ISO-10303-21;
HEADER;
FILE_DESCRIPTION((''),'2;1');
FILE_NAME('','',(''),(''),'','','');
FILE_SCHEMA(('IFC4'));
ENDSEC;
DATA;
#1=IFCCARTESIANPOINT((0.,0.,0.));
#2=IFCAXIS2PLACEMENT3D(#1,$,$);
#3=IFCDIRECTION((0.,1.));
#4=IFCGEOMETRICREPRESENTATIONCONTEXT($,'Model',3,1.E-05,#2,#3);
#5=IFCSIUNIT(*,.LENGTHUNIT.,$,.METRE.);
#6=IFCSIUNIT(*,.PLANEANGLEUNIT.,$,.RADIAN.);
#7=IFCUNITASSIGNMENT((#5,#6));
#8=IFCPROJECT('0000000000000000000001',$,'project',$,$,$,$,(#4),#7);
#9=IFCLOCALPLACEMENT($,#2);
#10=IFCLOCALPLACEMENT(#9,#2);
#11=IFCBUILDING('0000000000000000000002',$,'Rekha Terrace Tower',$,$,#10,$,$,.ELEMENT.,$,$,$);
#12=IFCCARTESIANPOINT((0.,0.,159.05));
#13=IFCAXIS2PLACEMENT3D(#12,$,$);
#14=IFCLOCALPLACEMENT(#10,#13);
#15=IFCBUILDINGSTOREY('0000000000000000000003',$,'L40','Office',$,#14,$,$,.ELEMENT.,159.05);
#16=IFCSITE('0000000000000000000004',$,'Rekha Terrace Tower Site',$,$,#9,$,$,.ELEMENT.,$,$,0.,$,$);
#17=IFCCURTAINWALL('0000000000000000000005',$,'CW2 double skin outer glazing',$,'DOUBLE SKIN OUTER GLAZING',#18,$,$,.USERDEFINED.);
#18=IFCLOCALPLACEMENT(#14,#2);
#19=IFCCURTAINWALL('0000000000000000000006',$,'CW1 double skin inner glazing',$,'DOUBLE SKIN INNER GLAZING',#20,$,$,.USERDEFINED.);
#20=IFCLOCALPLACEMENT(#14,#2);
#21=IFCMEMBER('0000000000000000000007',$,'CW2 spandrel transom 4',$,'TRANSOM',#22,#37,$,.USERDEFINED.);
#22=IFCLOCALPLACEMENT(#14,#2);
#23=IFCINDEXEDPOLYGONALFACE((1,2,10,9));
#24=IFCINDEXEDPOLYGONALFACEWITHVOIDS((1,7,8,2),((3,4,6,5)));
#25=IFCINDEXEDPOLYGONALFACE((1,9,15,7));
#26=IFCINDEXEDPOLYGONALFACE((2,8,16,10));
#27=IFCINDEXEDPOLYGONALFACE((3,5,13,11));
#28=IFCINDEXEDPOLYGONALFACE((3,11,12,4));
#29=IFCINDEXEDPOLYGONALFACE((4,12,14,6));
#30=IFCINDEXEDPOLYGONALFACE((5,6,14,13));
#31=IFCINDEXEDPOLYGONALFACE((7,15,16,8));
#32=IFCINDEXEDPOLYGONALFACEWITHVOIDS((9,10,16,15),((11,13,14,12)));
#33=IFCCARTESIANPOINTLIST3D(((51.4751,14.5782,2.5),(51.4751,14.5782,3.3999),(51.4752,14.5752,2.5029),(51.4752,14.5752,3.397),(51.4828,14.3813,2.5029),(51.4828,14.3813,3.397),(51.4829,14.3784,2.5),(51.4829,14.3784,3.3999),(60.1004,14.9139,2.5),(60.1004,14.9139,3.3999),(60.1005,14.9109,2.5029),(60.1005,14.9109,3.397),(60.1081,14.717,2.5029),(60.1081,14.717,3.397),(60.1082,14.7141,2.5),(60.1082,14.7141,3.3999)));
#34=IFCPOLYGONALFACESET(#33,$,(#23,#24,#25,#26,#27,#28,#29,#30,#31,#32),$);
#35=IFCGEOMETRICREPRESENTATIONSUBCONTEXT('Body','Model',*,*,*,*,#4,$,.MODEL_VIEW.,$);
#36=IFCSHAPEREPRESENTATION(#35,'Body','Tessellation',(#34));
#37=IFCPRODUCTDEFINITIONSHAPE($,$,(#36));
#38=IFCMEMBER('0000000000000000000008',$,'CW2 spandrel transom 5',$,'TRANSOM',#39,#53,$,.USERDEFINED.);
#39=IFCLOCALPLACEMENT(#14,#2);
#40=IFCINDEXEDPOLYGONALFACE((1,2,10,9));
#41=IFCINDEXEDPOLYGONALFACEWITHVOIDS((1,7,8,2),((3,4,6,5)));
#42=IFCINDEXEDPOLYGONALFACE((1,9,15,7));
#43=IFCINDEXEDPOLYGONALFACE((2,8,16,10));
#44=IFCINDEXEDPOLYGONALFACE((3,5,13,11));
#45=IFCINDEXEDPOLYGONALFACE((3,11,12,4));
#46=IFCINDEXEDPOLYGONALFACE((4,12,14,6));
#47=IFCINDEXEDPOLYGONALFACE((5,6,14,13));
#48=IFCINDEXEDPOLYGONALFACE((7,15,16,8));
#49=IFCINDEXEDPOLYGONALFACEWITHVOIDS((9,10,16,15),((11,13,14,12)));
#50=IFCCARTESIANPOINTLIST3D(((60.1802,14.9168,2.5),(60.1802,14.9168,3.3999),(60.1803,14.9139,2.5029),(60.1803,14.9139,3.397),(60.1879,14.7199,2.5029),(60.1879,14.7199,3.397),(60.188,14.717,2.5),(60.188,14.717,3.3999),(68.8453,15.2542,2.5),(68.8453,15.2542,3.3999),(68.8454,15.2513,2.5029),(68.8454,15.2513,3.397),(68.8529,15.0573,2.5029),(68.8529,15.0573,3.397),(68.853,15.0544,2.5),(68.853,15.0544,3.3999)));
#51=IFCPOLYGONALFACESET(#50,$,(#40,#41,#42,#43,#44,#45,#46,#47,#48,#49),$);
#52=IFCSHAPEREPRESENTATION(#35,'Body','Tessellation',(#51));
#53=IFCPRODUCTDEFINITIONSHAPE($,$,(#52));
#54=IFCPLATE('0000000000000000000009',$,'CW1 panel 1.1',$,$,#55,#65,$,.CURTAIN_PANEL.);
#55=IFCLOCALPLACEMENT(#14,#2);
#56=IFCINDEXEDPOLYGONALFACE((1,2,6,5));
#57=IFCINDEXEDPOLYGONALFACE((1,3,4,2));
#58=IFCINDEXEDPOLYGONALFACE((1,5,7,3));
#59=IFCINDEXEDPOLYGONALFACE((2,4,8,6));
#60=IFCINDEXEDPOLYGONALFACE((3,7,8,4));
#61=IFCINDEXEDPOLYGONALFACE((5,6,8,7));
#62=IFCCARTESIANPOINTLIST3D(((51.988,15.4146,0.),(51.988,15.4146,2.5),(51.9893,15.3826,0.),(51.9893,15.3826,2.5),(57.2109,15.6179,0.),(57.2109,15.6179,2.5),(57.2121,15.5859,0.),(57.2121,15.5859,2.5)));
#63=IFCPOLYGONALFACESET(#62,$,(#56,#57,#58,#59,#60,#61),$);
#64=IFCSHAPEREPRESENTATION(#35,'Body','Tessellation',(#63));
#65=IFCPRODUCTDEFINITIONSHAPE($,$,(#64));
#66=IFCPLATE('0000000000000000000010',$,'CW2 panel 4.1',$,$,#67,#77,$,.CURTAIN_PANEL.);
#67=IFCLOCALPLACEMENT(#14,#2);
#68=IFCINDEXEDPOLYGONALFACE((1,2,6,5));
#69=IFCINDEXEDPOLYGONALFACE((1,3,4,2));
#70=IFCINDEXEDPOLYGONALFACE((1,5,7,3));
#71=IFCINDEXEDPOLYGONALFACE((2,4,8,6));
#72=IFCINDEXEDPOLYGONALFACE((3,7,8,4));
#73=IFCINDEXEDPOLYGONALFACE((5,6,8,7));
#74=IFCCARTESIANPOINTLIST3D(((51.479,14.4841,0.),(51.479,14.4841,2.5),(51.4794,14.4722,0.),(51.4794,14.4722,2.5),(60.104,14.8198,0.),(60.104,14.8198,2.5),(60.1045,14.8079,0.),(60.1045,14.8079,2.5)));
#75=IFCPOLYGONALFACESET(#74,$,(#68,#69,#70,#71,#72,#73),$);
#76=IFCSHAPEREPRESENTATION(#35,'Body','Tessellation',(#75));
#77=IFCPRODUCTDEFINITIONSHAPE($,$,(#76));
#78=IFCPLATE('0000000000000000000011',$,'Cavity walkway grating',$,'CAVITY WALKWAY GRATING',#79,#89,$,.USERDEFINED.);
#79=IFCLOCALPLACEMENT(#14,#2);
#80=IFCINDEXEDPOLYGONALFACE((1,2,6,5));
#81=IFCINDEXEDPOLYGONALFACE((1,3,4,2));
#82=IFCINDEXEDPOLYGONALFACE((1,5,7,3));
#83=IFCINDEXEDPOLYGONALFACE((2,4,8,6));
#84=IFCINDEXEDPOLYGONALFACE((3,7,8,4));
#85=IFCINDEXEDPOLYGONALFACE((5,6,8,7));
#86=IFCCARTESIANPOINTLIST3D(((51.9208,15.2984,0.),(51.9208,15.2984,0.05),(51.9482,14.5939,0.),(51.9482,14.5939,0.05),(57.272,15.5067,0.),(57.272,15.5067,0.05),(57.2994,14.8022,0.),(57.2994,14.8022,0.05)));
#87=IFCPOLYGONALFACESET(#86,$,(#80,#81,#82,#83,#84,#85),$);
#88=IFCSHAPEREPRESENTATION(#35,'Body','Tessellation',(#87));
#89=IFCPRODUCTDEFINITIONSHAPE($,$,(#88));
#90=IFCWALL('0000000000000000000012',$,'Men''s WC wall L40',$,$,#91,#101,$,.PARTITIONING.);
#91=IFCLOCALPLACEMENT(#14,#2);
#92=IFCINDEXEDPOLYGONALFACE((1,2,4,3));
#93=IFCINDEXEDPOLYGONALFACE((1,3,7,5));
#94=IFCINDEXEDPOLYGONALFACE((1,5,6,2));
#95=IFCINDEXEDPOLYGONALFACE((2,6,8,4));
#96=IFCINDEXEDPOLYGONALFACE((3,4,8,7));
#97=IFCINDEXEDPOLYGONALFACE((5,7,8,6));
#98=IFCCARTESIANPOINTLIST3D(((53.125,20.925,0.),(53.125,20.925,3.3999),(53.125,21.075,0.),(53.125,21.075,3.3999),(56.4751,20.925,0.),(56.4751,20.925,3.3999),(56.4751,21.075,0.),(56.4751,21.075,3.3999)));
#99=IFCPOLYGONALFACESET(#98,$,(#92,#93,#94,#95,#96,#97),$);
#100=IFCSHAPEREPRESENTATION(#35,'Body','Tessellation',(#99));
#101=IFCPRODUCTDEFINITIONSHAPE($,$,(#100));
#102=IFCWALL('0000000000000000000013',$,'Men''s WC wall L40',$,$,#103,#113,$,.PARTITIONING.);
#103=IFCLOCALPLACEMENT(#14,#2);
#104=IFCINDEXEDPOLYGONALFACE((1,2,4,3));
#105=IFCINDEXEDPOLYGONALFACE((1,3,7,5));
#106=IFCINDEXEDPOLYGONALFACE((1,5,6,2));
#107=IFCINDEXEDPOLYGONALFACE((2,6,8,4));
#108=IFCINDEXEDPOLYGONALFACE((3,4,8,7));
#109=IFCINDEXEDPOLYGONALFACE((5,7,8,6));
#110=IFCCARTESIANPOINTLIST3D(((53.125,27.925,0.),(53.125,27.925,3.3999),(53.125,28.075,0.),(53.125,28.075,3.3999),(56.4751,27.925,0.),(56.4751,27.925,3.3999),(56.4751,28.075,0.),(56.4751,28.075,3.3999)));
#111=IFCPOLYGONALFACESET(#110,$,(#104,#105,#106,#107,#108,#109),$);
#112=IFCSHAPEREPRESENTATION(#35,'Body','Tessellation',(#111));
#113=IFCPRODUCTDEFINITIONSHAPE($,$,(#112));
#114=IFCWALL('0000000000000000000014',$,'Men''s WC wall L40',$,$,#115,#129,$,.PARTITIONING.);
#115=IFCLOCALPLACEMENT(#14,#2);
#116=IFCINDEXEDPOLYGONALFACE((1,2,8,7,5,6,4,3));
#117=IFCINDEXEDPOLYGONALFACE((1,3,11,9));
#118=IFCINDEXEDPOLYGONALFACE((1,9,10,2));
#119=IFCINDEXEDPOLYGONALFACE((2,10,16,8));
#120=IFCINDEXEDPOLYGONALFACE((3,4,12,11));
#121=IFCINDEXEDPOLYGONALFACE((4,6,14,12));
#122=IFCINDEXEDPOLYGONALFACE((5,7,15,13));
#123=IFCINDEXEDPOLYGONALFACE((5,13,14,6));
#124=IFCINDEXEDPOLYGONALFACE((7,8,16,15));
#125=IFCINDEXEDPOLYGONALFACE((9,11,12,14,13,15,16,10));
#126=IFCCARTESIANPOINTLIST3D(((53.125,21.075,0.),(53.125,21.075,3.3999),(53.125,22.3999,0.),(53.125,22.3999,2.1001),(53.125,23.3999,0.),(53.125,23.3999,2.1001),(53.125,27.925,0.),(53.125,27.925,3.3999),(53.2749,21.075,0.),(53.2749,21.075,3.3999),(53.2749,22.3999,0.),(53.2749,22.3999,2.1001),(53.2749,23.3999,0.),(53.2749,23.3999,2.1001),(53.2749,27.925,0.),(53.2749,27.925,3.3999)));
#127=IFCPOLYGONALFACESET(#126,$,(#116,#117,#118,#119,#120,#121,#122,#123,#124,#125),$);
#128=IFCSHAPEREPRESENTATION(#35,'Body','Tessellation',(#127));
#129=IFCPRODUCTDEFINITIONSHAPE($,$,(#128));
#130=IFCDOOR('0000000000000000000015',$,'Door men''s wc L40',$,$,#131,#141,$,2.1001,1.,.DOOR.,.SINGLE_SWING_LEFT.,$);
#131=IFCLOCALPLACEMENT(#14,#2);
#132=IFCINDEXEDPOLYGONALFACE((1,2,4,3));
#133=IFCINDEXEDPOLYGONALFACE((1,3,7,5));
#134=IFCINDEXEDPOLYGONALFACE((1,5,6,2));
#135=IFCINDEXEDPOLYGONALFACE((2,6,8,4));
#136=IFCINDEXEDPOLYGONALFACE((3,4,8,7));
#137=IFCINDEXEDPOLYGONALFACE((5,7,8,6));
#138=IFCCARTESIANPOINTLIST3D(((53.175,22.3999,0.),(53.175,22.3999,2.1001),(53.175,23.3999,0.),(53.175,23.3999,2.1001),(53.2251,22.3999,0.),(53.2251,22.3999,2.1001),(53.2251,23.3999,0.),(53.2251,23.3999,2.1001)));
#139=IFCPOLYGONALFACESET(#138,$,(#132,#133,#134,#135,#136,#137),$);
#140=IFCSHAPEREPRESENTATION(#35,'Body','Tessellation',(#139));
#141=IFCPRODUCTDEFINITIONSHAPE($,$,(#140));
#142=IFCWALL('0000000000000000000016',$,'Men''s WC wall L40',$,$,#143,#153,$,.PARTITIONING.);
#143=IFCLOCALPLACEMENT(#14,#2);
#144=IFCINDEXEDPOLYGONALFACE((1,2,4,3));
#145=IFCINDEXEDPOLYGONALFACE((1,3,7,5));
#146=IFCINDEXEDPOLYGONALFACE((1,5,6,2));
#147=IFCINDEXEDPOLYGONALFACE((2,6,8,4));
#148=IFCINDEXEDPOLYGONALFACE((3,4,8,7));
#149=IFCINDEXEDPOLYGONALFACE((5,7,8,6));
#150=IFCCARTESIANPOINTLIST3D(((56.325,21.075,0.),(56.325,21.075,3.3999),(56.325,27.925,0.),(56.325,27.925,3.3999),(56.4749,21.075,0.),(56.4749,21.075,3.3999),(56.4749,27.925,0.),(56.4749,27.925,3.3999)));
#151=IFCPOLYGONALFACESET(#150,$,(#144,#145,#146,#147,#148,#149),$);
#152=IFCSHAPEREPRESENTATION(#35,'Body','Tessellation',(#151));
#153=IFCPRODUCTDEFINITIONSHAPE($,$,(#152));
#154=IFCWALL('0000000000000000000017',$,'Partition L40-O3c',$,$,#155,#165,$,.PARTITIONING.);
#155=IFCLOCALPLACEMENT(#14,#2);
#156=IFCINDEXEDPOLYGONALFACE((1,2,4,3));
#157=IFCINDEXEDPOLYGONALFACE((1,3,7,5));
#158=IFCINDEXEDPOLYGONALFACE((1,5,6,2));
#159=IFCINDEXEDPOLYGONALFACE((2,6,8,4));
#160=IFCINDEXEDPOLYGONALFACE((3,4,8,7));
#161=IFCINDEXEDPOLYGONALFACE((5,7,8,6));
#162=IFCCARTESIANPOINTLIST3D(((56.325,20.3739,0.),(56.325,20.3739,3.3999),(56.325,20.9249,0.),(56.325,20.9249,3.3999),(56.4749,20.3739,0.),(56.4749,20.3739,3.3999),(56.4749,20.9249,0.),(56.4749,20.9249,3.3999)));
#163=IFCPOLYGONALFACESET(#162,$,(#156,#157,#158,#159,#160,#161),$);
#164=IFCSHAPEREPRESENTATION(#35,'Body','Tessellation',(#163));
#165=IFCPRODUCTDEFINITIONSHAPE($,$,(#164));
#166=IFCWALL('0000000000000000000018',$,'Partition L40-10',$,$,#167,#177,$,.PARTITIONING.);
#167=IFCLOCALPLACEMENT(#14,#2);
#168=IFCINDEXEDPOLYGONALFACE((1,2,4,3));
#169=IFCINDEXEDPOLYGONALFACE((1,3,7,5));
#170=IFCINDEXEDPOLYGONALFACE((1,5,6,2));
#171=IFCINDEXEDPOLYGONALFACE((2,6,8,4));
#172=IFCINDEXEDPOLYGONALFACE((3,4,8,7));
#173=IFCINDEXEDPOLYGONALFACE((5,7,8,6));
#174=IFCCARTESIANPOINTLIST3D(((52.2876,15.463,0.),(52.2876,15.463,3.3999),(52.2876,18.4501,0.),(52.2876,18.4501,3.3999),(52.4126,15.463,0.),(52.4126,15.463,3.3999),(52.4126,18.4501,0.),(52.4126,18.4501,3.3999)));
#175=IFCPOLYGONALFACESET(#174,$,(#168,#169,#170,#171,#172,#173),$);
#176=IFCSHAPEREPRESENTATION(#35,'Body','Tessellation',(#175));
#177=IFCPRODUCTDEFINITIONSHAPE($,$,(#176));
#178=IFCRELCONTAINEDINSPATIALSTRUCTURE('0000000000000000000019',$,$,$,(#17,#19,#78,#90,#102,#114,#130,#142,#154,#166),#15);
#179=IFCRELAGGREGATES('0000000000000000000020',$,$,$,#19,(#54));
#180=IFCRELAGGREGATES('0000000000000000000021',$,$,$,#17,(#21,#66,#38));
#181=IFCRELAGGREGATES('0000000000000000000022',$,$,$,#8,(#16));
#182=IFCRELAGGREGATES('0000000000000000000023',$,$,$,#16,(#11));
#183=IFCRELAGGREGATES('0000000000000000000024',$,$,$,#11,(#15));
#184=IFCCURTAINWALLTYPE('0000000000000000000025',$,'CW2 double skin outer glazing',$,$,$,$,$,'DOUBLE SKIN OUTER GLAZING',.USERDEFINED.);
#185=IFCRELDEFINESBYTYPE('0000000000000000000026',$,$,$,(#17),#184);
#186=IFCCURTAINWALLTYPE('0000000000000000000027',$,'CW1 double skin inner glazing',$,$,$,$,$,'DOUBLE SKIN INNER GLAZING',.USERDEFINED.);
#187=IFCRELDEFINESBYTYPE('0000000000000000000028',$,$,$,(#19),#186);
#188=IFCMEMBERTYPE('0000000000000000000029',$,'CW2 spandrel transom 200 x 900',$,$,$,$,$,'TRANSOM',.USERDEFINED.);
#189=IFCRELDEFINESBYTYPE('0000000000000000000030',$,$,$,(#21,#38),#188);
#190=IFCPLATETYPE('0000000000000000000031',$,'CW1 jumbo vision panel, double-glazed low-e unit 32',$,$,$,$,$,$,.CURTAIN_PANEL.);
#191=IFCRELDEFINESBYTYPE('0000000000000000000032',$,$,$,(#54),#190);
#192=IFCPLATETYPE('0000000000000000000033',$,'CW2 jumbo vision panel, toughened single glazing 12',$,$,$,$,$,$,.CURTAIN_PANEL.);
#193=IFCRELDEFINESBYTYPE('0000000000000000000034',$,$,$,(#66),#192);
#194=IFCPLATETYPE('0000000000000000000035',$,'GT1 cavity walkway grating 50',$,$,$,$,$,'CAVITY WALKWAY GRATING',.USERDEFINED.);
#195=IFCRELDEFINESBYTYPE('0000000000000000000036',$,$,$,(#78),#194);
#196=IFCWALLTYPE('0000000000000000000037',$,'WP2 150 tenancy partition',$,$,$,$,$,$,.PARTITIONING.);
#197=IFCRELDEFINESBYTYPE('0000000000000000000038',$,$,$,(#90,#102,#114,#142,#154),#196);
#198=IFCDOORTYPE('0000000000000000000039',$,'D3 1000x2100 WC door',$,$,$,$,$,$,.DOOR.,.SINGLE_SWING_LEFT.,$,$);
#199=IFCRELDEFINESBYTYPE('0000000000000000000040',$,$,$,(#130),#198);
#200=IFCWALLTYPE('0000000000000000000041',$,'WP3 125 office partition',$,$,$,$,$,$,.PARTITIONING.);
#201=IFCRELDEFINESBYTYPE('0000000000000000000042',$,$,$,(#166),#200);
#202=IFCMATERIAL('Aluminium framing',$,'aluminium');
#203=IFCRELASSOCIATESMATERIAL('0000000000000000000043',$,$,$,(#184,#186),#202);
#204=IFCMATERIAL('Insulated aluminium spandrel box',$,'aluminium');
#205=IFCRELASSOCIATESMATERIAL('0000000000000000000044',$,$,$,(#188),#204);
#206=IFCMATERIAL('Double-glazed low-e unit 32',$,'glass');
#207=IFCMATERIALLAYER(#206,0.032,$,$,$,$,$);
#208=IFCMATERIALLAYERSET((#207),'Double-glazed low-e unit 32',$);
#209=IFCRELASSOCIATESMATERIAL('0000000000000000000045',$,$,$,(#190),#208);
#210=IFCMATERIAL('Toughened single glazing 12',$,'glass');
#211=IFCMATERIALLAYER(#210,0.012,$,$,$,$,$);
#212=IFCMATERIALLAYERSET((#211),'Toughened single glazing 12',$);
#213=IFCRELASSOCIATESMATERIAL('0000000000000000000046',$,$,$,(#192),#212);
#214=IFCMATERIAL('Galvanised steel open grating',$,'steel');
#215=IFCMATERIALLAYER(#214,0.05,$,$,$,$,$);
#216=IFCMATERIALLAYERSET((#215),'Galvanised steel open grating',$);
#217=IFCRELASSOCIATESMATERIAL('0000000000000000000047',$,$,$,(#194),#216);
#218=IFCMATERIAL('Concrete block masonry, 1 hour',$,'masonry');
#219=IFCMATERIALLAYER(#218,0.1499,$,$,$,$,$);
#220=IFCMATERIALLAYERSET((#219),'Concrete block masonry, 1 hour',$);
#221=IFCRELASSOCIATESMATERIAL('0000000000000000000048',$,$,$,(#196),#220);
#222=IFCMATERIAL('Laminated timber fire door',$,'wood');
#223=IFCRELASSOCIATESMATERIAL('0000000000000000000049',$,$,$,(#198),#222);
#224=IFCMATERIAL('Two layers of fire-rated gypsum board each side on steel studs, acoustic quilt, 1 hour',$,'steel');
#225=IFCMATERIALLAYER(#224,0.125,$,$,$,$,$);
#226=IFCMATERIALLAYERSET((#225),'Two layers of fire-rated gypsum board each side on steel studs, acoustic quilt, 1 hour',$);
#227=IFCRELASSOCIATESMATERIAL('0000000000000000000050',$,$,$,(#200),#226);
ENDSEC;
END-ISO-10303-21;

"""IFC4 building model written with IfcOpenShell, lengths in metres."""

from ifc_helpers import new_model, si_unit, direction, frame, frame_2d, origin, origin_2d, place, context, subcontext, project, spatial, rectangle, hollow_rectangle, extrude, material, layer, layer_set, material_profile, profile_set, type_object, element, fill, aggregate, save


model = new_model("IFC4")

# Units and contexts
model_context = context("Model", 3, precision=1e-05, world=origin(), true_north=direction((0.0, 1.0)))
body_context = subcontext(model_context, "Body", "Model", "MODEL_VIEW")
ifc_project = project(units=[si_unit("LENGTHUNIT", "METRE"), si_unit("PLANEANGLEUNIT", "RADIAN")], contexts=[model_context])

# Site, building, storey
site_placement = place(None, origin())
site = spatial("IfcSite", under=ifc_project, at=site_placement, Name="Rekha Terrace Tower Site", CompositionType="ELEMENT", RefElevation=0.0)
building_placement = place(site_placement, origin())
building = spatial("IfcBuilding", under=site, at=building_placement, Name="Rekha Terrace Tower", CompositionType="ELEMENT")
storey_placement = place(building_placement, frame((0.0, 0.0, 159.05)))
storey = spatial("IfcBuildingStorey", under=building, at=storey_placement, Name="L40", Description="Office", CompositionType="ELEMENT", Elevation=159.05)

# Curtain walls
ifc_material_1 = material(Name="Aluminium framing", Category="aluminium")
curtain_wall_type_1 = type_object("IfcCurtainWallType", Name="CW2 double skin outer glazing", ElementType="DOUBLE SKIN OUTER GLAZING", PredefinedType="USERDEFINED", material=ifc_material_1)
curtain_wall_1_placement = place(storey_placement, origin())
curtain_wall_1 = element("IfcCurtainWall", 1, at=curtain_wall_1_placement, inside=storey, type_object=curtain_wall_type_1, Name="CW2 double skin outer glazing", ObjectType="DOUBLE SKIN OUTER GLAZING", PredefinedType="USERDEFINED")
curtain_wall_type_2 = type_object("IfcCurtainWallType", Name="CW1 double skin inner glazing", ElementType="DOUBLE SKIN INNER GLAZING", PredefinedType="USERDEFINED", material=ifc_material_1)
curtain_wall_2_placement = place(storey_placement, origin())
curtain_wall_2 = element("IfcCurtainWall", 2, at=curtain_wall_2_placement, inside=storey, type_object=curtain_wall_type_2, Name="CW1 double skin inner glazing", ObjectType="DOUBLE SKIN INNER GLAZING", PredefinedType="USERDEFINED")

# Members
ifc_material_2 = material(Name="Insulated aluminium spandrel box", Category="aluminium")
ifc_material_profile_1 = material_profile(ifc_material_2, hollow_rectangle(XDim=0.2, YDim=0.8999, WallThickness=0.0029, at=origin_2d()), Name="AL SPANDREL BOX 200x900")
ifc_profile_set_1 = profile_set([ifc_material_profile_1], Name="Insulated aluminium spandrel box")
member_type_1 = type_object("IfcMemberType", Name="CW2 spandrel transom 200 x 900", ElementType="TRANSOM", PredefinedType="USERDEFINED", material=ifc_profile_set_1)
member_1_placement = place(storey_placement, frame((51.479, 14.4783, 2.95), z_axis=(0.999243, 0.03889, 0.0), x_axis=(-0.03889, 0.999243, 0.0)))
member_1 = element("IfcMember", 3, at=member_1_placement, type_object=member_type_1, Name="CW2 spandrel transom 4", ObjectType="TRANSOM", PredefinedType="USERDEFINED", context=body_context, shape_type="SweptSolid", body=[
    extrude(hollow_rectangle(XDim=0.2, YDim=0.8999, WallThickness=0.0029, at=origin_2d()), origin(), (0.0, 0.0, 1.0), 8.6318),
])
member_2_placement = place(storey_placement, frame((60.1841, 14.8169, 2.95), z_axis=(0.999243, 0.038909, 0.0), x_axis=(-0.038909, 0.999243, 0.0)))
member_2 = element("IfcMember", 4, at=member_2_placement, type_object=member_type_1, Name="CW2 spandrel transom 5", ObjectType="TRANSOM", PredefinedType="USERDEFINED", context=body_context, shape_type="SweptSolid", body=[
    extrude(hollow_rectangle(XDim=0.2, YDim=0.8999, WallThickness=0.0029, at=origin_2d()), origin(), (0.0, 0.0, 1.0), 8.6716),
])

# Plates
ifc_material_3 = material(Name="Double-glazed low-e unit 32", Category="glass")
ifc_layer_1 = layer(ifc_material_3, 0.032)
ifc_layer_set_1 = layer_set([ifc_layer_1], Name="Double-glazed low-e unit 32")
plate_type_1 = type_object("IfcPlateType", Name="CW1 jumbo vision panel, double-glazed low-e unit 32", PredefinedType="CURTAIN_PANEL", material=ifc_layer_set_1)
plate_1_placement = place(storey_placement, frame((54.6001, 15.5002, 0.0), z_axis=(0.0, 0.0, 1.0), x_axis=(0.999243, 0.03889, 0.0)))
plate_1 = element("IfcPlate", 5, at=plate_1_placement, type_object=plate_type_1, Name="CW1 panel 1.1", PredefinedType="CURTAIN_PANEL", context=body_context, shape_type="SweptSolid", body=[
    extrude(rectangle(XDim=5.2268, YDim=0.032, at=origin_2d()), origin(), (0.0, 0.0, 1.0), 2.5),
])
aggregate(curtain_wall_2, [plate_1])
ifc_material_4 = material(Name="Toughened single glazing 12", Category="glass")
ifc_layer_2 = layer(ifc_material_4, 0.012)
ifc_layer_set_2 = layer_set([ifc_layer_2], Name="Toughened single glazing 12")
plate_type_2 = type_object("IfcPlateType", Name="CW2 jumbo vision panel, toughened single glazing 12", PredefinedType="CURTAIN_PANEL", material=ifc_layer_set_2)
plate_2_placement = place(storey_placement, frame((55.7917, 14.646, 0.0), z_axis=(0.0, 0.0, 1.0), x_axis=(0.999243, 0.03889, 0.0)))
plate_2 = element("IfcPlate", 6, at=plate_2_placement, type_object=plate_type_2, Name="CW2 panel 4.1", PredefinedType="CURTAIN_PANEL", context=body_context, shape_type="SweptSolid", body=[
    extrude(rectangle(XDim=8.6316, YDim=0.012, at=origin_2d()), origin(), (0.0, 0.0, 1.0), 2.5),
])
aggregate(curtain_wall_1, [member_1, plate_2, member_2])
ifc_material_5 = material(Name="Galvanised steel open grating", Category="steel")
ifc_layer_3 = layer(ifc_material_5, 0.05)
ifc_layer_set_3 = layer_set([ifc_layer_3], Name="Galvanised steel open grating")
plate_type_3 = type_object("IfcPlateType", Name="GT1 cavity walkway grating 50", ElementType="CAVITY WALKWAY GRATING", PredefinedType="USERDEFINED", material=ifc_layer_set_3)
plate_3_placement = place(storey_placement, frame((54.6101, 15.0503, 0.0), z_axis=(0.0, 0.0, 1.0), x_axis=(0.999243, 0.03889, 0.0)))
element("IfcPlate", 7, at=plate_3_placement, inside=storey, type_object=plate_type_3, Name="Cavity walkway grating", ObjectType="CAVITY WALKWAY GRATING", PredefinedType="USERDEFINED", context=body_context, shape_type="SweptSolid", body=[
    extrude(rectangle(XDim=5.3552, YDim=0.7051, at=origin_2d()), origin(), (0.0, 0.0, 1.0), 0.05),
])

# Walls
ifc_material_6 = material(Name="Concrete block masonry, 1 hour", Category="masonry")
ifc_layer_4 = layer(ifc_material_6, 0.1499)
ifc_layer_set_4 = layer_set([ifc_layer_4], Name="Concrete block masonry, 1 hour")
wall_type_1 = type_object("IfcWallType", Name="WP2 150 tenancy partition", PredefinedType="PARTITIONING", material=ifc_layer_set_4)
for number, where, z_axis, x_axis, name in (
    (8, (53.125, 21.0, 0.0), (0.0, 0.0, 1.0), (1.0, 0.0, 0.0), "Men's WC wall L40"),
    (9, (53.125, 28.0, 0.0), (0.0, 0.0, 1.0), (1.0, 0.0, 0.0), "Men's WC wall L40"),
):
    element("IfcWall", number, at=place(storey_placement, frame(where, z_axis=z_axis, x_axis=x_axis)), inside=storey, type_object=wall_type_1, Name=name, PredefinedType="PARTITIONING", context=body_context, shape_type="SweptSolid", body=[
        extrude(rectangle(XDim=3.3501, YDim=0.1499, at=frame_2d((1.675, 0.0))), origin(), (0.0, 0.0, 1.0), 3.3999),
    ])

# Wall, opening, door
wall_1_placement = place(storey_placement, frame((53.2, 21.075, 0.0), z_axis=(0.0, 0.0, 1.0), x_axis=(0.0, 1.0, 0.0)))
wall_1 = element("IfcWall", 10, at=wall_1_placement, inside=storey, type_object=wall_type_1, Name="Men's WC wall L40", PredefinedType="PARTITIONING", context=body_context, shape_type="SweptSolid", body=[
    extrude(rectangle(XDim=6.8501, YDim=0.1499, at=frame_2d((3.425, 0.0))), origin(), (0.0, 0.0, 1.0), 3.3999),
])
opening_1_placement = place(wall_1_placement, frame((1.325, 0.0, 0.0)))
opening_1 = element("IfcOpeningElement", 11, at=opening_1_placement, cuts=wall_1, PredefinedType="OPENING", context=body_context, shape_type="SweptSolid", body=[
    extrude(rectangle(XDim=1.0, YDim=2.1001, at=frame_2d((0.5, 1.05))), frame((0.0, 0.085, 0.0), z_axis=(0.0, -1.0, 0.0), x_axis=(1.0, 0.0, 0.0)), (0.0, 0.0, 1.0), 0.1699),
])
ifc_material_7 = material(Name="Laminated timber fire door", Category="wood")
door_type_1 = type_object("IfcDoorType", Name="D3 1000x2100 WC door", OperationType="SINGLE_SWING_LEFT", PredefinedType="DOOR", material=ifc_material_7)
door_1_placement = place(opening_1_placement, origin())
door_1 = element("IfcDoor", 12, at=door_1_placement, inside=storey, type_object=door_type_1, Name="Door men's wc L40", OperationType="SINGLE_SWING_LEFT", OverallHeight=2.1001, OverallWidth=1.0, PredefinedType="DOOR", context=body_context, shape_type="SweptSolid", body=[
    extrude(rectangle(XDim=1.0, YDim=2.1001, at=frame_2d((0.5, 1.05))), frame((0.0, 0.0249, 0.0), z_axis=(0.0, -1.0, 0.0), x_axis=(1.0, 0.0, 0.0)), (0.0, 0.0, 1.0), 0.05),
])
fill(opening_1, door_1)

# Walls
wall_2_placement = place(storey_placement, frame((56.3999, 21.075, 0.0), z_axis=(0.0, 0.0, 1.0), x_axis=(0.0, 1.0, 0.0)))
element("IfcWall", 13, at=wall_2_placement, inside=storey, type_object=wall_type_1, Name="Men's WC wall L40", PredefinedType="PARTITIONING", context=body_context, shape_type="SweptSolid", body=[
    extrude(rectangle(XDim=6.8501, YDim=0.1499, at=frame_2d((3.425, 0.0))), origin(), (0.0, 0.0, 1.0), 3.3999),
])
wall_3_placement = place(storey_placement, frame((56.3999, 20.374, 0.0), z_axis=(0.0, 0.0, 1.0), x_axis=(0.0, 1.0, 0.0)))
element("IfcWall", 14, at=wall_3_placement, inside=storey, type_object=wall_type_1, Name="Partition L40-O3c", PredefinedType="PARTITIONING", context=body_context, shape_type="SweptSolid", body=[
    extrude(rectangle(XDim=0.551, YDim=0.1499, at=frame_2d((0.2754, 0.0))), origin(), (0.0, 0.0, 1.0), 3.3999),
])
ifc_material_8 = material(Name="Two layers of fire-rated gypsum board each side on steel studs, acoustic quilt, 1 hour", Category="steel")
ifc_layer_5 = layer(ifc_material_8, 0.125)
ifc_layer_set_5 = layer_set([ifc_layer_5], Name="Two layers of fire-rated gypsum board each side on steel studs, acoustic quilt, 1 hour")
wall_type_2 = type_object("IfcWallType", Name="WP3 125 office partition", PredefinedType="PARTITIONING", material=ifc_layer_set_5)
wall_4_placement = place(storey_placement, frame((52.3501, 15.4629, 0.0), z_axis=(0.0, 0.0, 1.0), x_axis=(0.0, 1.0, 0.0)))
element("IfcWall", 15, at=wall_4_placement, inside=storey, type_object=wall_type_2, Name="Partition L40-10", PredefinedType="PARTITIONING", context=body_context, shape_type="SweptSolid", body=[
    extrude(rectangle(XDim=2.9871, YDim=0.125, at=frame_2d((1.4937, 0.0))), origin(), (0.0, 0.0, 1.0), 3.3999),
])

save(model, "model.ifc")
